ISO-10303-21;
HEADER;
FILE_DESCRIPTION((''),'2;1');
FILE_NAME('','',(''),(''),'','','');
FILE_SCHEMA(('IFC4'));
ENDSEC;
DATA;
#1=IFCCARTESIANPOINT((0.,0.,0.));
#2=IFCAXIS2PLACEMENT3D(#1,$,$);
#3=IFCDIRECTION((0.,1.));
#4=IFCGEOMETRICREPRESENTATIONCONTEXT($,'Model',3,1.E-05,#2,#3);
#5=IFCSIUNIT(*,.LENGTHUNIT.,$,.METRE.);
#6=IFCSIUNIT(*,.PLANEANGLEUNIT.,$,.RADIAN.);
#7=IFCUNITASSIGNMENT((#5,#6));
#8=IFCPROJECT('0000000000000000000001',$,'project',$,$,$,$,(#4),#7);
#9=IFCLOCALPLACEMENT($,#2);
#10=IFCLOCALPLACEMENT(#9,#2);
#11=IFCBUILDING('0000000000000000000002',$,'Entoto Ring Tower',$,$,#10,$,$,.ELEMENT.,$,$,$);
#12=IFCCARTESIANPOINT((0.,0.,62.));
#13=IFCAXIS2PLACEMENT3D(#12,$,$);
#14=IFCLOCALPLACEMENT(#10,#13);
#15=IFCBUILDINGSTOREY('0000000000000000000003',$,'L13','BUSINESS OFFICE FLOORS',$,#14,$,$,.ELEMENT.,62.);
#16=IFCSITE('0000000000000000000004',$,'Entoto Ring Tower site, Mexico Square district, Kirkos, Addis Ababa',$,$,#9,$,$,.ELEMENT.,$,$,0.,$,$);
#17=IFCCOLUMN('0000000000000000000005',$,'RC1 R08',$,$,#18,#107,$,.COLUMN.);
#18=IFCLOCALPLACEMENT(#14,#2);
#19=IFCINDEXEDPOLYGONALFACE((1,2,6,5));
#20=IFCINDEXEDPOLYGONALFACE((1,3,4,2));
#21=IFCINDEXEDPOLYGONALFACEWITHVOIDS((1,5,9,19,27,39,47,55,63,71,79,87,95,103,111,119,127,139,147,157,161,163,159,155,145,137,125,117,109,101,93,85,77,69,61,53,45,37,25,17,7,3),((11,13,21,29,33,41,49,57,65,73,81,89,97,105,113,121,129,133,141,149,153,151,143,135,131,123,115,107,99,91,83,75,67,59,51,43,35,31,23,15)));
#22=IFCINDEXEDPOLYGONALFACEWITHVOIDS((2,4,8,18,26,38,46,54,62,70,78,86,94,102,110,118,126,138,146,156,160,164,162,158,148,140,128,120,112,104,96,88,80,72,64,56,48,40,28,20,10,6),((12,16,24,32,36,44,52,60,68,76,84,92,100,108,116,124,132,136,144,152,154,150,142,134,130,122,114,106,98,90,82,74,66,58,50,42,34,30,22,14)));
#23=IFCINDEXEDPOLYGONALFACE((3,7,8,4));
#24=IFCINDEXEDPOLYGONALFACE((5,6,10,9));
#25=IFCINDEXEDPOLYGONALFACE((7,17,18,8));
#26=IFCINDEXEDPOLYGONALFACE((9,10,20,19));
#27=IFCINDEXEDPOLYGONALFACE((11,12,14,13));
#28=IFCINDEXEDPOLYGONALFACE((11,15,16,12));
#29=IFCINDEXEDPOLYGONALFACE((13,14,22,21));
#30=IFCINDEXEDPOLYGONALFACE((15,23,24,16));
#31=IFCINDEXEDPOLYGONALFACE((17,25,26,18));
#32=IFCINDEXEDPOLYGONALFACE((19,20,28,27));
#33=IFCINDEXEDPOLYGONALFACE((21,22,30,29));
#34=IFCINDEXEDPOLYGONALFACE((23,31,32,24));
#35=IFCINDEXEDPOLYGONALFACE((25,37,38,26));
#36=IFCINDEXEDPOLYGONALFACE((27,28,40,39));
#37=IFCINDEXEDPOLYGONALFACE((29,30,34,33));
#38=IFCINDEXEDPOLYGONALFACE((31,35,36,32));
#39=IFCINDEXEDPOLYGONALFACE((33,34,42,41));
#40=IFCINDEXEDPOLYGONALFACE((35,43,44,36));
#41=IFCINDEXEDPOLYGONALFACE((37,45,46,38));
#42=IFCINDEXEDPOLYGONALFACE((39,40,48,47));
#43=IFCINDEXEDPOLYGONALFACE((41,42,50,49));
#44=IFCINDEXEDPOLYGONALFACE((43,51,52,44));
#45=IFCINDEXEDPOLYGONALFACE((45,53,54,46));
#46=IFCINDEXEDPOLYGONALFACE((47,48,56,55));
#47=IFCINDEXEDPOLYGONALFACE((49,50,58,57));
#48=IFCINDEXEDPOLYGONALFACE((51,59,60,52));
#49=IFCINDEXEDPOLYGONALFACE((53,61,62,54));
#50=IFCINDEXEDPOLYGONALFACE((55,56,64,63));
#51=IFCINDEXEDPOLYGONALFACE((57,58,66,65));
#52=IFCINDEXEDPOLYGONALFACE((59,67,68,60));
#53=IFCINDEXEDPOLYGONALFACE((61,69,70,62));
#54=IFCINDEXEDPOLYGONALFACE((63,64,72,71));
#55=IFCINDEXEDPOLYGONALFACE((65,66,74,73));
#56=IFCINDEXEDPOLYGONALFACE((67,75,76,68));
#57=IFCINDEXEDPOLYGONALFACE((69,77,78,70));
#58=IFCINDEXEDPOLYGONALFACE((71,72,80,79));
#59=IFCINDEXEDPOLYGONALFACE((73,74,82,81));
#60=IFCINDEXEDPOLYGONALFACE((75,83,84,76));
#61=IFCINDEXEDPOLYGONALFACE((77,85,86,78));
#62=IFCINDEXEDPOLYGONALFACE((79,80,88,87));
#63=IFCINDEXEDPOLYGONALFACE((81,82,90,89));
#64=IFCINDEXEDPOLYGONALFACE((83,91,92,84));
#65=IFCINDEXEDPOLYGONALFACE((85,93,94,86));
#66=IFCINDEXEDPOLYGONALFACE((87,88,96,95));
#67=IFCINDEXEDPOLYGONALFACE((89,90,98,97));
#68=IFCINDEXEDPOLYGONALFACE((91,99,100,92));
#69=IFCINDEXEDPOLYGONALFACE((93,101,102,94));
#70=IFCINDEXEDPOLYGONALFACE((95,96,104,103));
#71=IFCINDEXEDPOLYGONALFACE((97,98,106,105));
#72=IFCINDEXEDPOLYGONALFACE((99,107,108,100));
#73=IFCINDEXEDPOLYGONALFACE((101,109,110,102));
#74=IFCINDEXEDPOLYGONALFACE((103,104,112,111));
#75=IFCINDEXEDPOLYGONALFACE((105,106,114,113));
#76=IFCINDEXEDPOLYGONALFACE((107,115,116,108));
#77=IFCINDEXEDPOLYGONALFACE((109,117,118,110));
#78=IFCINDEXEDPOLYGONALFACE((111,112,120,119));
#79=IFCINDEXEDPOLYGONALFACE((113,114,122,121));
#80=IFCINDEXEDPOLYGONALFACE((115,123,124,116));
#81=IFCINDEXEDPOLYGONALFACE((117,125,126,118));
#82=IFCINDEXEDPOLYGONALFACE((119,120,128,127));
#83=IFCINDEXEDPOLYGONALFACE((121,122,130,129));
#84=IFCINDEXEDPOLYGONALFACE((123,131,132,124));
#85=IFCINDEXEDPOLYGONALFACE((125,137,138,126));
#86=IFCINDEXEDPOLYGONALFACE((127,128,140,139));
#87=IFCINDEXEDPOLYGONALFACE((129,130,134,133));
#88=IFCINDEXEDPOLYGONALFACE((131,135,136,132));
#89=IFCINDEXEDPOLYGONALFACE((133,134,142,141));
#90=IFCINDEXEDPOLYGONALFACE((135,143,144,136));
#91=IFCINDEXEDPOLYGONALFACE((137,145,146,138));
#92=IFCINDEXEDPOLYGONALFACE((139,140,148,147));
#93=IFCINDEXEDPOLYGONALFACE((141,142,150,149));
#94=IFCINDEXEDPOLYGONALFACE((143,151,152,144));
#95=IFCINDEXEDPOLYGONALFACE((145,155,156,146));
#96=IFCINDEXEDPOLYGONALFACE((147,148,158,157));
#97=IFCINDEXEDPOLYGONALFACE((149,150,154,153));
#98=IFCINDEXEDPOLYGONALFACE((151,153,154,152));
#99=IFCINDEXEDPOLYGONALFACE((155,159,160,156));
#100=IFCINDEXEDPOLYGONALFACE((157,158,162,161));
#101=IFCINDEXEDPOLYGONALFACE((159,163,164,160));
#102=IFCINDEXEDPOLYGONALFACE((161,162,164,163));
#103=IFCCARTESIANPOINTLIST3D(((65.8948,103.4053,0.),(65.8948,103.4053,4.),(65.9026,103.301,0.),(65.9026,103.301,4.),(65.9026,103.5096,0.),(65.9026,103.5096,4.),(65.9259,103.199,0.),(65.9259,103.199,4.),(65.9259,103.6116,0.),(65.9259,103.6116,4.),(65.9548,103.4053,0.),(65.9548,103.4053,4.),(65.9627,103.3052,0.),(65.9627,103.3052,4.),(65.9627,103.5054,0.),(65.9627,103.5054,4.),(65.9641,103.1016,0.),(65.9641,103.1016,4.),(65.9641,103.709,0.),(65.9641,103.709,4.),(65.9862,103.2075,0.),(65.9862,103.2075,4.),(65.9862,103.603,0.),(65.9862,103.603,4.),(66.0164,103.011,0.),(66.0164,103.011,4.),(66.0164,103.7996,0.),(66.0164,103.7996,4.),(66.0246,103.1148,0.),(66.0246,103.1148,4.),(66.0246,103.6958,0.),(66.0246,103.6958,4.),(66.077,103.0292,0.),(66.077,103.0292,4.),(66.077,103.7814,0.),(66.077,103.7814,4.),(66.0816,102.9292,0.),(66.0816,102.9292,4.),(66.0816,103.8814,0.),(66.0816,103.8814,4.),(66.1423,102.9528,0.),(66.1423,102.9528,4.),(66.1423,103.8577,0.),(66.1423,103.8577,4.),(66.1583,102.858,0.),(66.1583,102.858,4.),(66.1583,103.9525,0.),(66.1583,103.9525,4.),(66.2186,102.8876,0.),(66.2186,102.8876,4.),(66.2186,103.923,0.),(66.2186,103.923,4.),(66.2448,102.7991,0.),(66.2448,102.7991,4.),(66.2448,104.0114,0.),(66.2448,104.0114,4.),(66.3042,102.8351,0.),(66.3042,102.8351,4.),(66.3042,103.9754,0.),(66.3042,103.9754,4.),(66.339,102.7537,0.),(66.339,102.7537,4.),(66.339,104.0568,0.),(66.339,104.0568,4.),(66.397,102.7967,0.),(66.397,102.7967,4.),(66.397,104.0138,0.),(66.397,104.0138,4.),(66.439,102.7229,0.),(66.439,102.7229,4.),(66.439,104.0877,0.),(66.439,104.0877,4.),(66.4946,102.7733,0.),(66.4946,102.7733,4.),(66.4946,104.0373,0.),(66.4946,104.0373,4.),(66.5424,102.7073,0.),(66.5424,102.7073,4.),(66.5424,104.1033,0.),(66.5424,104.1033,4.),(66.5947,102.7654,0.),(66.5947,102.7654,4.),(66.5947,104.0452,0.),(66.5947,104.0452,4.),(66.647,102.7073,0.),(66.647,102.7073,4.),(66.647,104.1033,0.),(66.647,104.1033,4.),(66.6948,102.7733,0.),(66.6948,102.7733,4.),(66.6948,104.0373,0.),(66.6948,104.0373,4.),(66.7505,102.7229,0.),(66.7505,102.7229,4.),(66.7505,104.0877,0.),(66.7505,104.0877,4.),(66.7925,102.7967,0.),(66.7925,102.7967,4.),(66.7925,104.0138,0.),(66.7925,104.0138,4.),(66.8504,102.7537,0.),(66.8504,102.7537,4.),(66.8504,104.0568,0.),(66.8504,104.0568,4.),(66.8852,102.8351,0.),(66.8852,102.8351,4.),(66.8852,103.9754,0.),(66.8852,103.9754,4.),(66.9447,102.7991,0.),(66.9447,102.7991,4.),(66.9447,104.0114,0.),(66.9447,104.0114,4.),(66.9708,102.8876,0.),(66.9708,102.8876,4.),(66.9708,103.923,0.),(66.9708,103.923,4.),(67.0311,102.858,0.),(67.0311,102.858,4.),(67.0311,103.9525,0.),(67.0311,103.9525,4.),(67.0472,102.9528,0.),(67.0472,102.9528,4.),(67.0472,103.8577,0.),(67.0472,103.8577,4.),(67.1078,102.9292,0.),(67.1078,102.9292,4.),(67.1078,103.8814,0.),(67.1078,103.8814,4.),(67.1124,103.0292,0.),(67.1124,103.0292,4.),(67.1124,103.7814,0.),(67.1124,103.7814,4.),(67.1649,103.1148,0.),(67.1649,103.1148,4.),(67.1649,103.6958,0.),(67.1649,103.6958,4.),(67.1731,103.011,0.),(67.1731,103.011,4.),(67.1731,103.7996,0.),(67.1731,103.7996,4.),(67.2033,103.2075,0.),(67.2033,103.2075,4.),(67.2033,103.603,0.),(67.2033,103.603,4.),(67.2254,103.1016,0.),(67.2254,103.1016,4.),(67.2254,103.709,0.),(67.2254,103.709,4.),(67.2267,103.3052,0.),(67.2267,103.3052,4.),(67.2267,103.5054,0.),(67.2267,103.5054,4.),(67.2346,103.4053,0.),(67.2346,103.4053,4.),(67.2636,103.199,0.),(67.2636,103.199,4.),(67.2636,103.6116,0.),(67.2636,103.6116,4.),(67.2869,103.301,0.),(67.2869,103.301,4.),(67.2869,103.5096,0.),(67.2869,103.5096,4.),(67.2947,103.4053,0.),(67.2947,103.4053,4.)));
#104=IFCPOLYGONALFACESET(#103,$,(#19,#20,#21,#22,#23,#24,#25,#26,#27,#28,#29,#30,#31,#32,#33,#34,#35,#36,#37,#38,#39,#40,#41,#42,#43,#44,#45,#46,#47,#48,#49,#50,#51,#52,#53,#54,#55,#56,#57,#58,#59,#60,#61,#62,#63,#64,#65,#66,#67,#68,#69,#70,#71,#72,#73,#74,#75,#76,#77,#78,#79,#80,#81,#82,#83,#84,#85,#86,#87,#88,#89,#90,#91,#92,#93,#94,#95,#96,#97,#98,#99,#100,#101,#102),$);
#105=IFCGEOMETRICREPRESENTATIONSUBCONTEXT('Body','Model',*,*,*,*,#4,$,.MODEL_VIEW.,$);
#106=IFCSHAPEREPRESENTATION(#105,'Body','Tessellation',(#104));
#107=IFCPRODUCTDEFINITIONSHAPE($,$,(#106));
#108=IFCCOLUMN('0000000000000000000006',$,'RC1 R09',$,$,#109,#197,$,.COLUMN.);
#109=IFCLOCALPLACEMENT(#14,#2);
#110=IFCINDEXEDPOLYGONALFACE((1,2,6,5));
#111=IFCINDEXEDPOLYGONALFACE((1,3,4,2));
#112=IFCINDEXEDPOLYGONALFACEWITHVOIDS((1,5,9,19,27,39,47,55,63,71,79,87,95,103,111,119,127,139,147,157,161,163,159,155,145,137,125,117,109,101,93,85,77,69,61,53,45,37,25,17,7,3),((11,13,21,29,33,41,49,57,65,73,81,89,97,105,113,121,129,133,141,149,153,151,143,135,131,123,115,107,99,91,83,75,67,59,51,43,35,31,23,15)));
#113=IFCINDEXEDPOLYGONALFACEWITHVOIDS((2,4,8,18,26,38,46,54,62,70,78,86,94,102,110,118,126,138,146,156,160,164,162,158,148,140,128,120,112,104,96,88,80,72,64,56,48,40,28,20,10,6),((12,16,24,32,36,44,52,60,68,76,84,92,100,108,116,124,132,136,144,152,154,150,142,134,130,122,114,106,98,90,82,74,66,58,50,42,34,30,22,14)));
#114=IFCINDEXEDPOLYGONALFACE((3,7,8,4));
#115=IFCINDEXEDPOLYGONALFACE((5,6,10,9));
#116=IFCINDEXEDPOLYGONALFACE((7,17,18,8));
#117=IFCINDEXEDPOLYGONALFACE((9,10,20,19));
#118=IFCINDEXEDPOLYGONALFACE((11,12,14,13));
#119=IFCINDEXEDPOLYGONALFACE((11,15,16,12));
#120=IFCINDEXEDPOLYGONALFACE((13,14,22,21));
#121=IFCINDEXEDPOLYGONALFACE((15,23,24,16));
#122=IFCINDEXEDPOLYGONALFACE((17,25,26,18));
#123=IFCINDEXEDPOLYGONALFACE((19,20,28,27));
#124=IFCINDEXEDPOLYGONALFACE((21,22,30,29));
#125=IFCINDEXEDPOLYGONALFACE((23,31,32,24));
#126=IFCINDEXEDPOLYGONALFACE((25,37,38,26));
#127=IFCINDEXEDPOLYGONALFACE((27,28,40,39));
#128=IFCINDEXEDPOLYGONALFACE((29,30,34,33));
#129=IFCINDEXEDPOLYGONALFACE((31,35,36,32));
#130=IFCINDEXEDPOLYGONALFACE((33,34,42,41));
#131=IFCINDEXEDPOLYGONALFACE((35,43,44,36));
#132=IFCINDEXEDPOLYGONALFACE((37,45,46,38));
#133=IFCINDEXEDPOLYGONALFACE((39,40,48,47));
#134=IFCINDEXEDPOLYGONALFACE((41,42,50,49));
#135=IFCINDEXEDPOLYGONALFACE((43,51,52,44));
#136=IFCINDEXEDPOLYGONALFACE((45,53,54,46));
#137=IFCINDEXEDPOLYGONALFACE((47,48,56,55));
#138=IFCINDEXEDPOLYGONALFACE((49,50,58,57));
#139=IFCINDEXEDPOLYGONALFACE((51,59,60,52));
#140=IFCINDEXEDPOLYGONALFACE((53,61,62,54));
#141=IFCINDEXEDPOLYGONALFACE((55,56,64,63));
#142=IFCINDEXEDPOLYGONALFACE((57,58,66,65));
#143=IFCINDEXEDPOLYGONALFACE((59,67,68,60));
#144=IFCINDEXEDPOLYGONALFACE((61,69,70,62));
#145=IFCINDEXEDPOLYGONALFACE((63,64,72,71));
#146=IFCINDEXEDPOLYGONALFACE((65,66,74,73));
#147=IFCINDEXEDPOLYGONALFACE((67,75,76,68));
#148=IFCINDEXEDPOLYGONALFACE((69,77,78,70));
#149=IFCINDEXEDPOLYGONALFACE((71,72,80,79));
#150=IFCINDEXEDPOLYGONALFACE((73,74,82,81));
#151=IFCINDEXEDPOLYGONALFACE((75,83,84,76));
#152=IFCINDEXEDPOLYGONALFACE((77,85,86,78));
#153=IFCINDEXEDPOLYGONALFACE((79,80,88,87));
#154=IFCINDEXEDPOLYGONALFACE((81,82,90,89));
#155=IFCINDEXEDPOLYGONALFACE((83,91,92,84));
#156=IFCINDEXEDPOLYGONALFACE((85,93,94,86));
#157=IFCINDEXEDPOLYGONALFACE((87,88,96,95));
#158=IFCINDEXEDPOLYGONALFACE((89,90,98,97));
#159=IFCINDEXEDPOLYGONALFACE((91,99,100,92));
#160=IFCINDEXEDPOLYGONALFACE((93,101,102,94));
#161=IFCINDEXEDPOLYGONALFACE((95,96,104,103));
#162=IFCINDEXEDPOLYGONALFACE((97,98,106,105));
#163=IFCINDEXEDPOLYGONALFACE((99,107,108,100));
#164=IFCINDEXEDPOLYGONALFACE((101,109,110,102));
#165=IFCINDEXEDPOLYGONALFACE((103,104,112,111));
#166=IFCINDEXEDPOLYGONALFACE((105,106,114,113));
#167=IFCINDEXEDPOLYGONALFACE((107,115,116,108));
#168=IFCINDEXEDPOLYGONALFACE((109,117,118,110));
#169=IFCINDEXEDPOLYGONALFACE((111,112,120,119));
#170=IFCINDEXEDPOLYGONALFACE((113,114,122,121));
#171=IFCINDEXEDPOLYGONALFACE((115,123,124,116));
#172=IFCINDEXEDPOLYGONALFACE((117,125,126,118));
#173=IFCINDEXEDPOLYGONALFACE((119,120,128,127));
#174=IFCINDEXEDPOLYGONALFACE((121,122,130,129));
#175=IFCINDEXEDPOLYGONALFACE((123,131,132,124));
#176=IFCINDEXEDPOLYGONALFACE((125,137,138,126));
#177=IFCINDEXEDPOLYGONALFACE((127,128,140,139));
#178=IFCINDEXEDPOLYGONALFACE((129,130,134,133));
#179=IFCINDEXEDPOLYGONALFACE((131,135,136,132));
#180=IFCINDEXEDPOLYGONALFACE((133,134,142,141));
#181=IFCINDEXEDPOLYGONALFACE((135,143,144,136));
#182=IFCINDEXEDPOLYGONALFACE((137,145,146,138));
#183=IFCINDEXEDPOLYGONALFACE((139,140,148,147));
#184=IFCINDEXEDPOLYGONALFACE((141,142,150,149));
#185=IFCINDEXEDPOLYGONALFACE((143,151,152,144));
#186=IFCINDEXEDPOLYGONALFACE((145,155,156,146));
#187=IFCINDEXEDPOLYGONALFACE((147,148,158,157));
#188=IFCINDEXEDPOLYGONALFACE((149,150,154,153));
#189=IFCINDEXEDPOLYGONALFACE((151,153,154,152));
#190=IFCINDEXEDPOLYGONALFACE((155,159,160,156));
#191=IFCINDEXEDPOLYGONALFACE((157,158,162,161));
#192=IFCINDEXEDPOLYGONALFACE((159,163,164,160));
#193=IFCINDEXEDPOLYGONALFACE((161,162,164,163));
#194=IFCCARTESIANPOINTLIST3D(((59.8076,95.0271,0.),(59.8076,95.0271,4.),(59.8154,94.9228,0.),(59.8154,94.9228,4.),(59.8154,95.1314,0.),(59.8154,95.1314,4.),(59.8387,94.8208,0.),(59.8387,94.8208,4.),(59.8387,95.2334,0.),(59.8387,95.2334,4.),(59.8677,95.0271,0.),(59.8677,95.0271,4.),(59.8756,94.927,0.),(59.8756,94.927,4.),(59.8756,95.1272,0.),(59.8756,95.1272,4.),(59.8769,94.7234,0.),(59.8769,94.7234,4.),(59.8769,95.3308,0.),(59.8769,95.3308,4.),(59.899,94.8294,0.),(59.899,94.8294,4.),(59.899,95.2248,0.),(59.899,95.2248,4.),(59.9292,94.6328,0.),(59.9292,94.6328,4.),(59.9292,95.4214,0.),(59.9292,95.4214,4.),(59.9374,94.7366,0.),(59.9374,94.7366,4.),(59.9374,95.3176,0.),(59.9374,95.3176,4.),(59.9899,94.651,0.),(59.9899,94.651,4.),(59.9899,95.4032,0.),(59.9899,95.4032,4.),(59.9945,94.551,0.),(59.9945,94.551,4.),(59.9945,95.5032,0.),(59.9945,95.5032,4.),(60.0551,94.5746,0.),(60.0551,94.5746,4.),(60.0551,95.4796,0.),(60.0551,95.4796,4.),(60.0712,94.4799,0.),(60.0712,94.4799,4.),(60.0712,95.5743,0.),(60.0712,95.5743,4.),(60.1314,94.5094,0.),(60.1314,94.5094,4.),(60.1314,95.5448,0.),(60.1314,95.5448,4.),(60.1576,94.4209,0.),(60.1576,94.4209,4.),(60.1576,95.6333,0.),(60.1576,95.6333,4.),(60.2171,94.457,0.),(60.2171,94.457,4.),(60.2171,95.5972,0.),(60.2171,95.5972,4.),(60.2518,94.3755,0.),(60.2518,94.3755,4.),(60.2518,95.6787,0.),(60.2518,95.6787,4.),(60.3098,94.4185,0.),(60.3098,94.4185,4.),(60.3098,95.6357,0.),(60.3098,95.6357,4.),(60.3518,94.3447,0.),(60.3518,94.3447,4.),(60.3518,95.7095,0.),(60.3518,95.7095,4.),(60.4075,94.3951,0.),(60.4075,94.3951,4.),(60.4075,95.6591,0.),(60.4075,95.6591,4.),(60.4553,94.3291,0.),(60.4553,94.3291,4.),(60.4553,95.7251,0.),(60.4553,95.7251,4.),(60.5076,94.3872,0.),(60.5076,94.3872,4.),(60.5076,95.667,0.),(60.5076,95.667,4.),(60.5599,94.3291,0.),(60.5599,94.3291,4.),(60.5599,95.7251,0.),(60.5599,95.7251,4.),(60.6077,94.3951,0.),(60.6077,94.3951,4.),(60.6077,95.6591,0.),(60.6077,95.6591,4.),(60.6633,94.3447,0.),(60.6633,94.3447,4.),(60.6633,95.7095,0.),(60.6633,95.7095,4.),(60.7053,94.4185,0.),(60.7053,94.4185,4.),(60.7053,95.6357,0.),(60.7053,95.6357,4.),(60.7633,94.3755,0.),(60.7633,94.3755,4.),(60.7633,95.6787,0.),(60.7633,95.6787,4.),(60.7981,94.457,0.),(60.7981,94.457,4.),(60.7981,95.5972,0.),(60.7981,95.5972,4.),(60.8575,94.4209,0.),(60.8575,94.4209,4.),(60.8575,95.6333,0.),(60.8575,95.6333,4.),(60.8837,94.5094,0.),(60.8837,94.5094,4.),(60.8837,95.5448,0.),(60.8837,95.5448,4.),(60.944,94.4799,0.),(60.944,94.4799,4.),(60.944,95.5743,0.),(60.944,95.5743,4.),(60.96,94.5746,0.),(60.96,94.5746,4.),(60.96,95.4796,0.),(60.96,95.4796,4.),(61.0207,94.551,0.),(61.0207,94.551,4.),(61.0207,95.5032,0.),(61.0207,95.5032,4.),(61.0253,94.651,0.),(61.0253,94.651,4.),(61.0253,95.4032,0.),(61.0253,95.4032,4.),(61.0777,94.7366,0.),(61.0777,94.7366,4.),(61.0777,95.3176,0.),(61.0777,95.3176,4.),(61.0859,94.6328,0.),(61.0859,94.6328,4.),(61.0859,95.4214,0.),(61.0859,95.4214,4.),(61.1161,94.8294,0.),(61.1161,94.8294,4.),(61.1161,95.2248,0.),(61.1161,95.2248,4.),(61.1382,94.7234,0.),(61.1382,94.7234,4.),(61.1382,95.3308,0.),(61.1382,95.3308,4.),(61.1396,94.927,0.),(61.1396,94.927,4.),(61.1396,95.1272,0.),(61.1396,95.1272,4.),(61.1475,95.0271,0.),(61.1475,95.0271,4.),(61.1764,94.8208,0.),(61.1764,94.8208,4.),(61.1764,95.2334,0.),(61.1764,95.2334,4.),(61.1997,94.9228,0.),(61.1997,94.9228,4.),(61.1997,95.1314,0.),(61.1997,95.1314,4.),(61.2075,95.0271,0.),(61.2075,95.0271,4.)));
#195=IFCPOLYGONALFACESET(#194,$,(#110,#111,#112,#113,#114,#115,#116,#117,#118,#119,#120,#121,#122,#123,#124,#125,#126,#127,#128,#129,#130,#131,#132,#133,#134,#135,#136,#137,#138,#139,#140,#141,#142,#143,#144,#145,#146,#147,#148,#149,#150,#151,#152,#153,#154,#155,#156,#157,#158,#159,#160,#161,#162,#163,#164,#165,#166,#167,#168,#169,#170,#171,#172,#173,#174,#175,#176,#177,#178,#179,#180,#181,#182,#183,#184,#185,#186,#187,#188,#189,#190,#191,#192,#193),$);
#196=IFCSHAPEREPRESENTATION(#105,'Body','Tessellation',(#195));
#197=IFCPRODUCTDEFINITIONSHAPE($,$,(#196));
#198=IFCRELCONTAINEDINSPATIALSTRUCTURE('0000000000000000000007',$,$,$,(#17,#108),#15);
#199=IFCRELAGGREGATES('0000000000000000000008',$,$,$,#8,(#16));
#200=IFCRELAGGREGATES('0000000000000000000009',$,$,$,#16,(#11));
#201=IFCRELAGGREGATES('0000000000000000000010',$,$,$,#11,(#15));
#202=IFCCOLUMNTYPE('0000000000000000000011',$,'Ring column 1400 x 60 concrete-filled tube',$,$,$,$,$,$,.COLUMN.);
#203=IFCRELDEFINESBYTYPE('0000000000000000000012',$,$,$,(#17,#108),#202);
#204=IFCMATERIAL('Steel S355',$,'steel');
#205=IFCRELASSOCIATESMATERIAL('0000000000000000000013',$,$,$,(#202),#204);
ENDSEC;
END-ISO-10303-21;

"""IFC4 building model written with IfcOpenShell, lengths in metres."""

from ifc_helpers import new_model, si_unit, direction, frame, origin, origin_2d, place, context, subcontext, project, spatial, circle, hollow_circle, extrude, material, material_profile, profile_set, type_object, element, save


model = new_model("IFC4")

# Units and contexts
model_context = context("Model", 3, precision=1e-05, world=origin(), true_north=direction((0.0, 1.0)))
body_context = subcontext(model_context, "Body", "Model", "MODEL_VIEW")
ifc_project = project(units=[si_unit("LENGTHUNIT", "METRE"), si_unit("PLANEANGLEUNIT", "RADIAN")], contexts=[model_context])

# Site, building, storey
site_placement = place(None, origin())
site = spatial("IfcSite", under=ifc_project, at=site_placement, Name="Entoto Ring Tower site, Mexico Square district, Kirkos, Addis Ababa", CompositionType="ELEMENT", RefElevation=0.0)
building_placement = place(site_placement, origin())
building = spatial("IfcBuilding", under=site, at=building_placement, Name="Entoto Ring Tower", CompositionType="ELEMENT")
storey_placement = place(building_placement, frame((0.0, 0.0, 62.0)))
storey = spatial("IfcBuildingStorey", under=building, at=storey_placement, Name="L13", Description="BUSINESS OFFICE FLOORS", CompositionType="ELEMENT", Elevation=62.0)

# Columns
ifc_material_1 = material(Name="Steel S355", Category="steel")
ifc_material_profile_1 = material_profile(ifc_material_1, hollow_circle(Radius=0.7, WallThickness=0.0601, at=origin_2d()), Name="CHS 1400 x 60")
ifc_material_2 = material(Name="Concrete C60/75", Category="concrete")
ifc_material_profile_2 = material_profile(ifc_material_2, circle(Radius=0.6399, at=origin_2d()), Name="Concrete C60/75 infill")
ifc_profile_set_1 = profile_set([ifc_material_profile_1, ifc_material_profile_2], Name="Steel S355")
column_type = type_object("IfcColumnType", Name="Ring column 1400 x 60 concrete-filled tube", PredefinedType="COLUMN", material=ifc_profile_set_1)
for number, where, z_axis, x_axis, name in (
    (1, (66.5947, 103.4053, 0.0), (0.0, 0.0, 1.0), (1.0, 0.0, 0.0), "RC1 R08"),
    (2, (60.5076, 95.0271, 0.0), (0.0, 0.0, 1.0), (1.0, 0.0, 0.0), "RC1 R09"),
):
    element("IfcColumn", number, at=place(storey_placement, frame(where, z_axis=z_axis, x_axis=x_axis)), inside=storey, type_object=column_type, Name=name, PredefinedType="COLUMN", context=body_context, shape_type="SweptSolid", body=[
        extrude(hollow_circle(Radius=0.7, WallThickness=0.0601, at=origin_2d()), origin(), (0.0, 0.0, 1.0), 4.0),
    ])

save(model, "model.ifc")
